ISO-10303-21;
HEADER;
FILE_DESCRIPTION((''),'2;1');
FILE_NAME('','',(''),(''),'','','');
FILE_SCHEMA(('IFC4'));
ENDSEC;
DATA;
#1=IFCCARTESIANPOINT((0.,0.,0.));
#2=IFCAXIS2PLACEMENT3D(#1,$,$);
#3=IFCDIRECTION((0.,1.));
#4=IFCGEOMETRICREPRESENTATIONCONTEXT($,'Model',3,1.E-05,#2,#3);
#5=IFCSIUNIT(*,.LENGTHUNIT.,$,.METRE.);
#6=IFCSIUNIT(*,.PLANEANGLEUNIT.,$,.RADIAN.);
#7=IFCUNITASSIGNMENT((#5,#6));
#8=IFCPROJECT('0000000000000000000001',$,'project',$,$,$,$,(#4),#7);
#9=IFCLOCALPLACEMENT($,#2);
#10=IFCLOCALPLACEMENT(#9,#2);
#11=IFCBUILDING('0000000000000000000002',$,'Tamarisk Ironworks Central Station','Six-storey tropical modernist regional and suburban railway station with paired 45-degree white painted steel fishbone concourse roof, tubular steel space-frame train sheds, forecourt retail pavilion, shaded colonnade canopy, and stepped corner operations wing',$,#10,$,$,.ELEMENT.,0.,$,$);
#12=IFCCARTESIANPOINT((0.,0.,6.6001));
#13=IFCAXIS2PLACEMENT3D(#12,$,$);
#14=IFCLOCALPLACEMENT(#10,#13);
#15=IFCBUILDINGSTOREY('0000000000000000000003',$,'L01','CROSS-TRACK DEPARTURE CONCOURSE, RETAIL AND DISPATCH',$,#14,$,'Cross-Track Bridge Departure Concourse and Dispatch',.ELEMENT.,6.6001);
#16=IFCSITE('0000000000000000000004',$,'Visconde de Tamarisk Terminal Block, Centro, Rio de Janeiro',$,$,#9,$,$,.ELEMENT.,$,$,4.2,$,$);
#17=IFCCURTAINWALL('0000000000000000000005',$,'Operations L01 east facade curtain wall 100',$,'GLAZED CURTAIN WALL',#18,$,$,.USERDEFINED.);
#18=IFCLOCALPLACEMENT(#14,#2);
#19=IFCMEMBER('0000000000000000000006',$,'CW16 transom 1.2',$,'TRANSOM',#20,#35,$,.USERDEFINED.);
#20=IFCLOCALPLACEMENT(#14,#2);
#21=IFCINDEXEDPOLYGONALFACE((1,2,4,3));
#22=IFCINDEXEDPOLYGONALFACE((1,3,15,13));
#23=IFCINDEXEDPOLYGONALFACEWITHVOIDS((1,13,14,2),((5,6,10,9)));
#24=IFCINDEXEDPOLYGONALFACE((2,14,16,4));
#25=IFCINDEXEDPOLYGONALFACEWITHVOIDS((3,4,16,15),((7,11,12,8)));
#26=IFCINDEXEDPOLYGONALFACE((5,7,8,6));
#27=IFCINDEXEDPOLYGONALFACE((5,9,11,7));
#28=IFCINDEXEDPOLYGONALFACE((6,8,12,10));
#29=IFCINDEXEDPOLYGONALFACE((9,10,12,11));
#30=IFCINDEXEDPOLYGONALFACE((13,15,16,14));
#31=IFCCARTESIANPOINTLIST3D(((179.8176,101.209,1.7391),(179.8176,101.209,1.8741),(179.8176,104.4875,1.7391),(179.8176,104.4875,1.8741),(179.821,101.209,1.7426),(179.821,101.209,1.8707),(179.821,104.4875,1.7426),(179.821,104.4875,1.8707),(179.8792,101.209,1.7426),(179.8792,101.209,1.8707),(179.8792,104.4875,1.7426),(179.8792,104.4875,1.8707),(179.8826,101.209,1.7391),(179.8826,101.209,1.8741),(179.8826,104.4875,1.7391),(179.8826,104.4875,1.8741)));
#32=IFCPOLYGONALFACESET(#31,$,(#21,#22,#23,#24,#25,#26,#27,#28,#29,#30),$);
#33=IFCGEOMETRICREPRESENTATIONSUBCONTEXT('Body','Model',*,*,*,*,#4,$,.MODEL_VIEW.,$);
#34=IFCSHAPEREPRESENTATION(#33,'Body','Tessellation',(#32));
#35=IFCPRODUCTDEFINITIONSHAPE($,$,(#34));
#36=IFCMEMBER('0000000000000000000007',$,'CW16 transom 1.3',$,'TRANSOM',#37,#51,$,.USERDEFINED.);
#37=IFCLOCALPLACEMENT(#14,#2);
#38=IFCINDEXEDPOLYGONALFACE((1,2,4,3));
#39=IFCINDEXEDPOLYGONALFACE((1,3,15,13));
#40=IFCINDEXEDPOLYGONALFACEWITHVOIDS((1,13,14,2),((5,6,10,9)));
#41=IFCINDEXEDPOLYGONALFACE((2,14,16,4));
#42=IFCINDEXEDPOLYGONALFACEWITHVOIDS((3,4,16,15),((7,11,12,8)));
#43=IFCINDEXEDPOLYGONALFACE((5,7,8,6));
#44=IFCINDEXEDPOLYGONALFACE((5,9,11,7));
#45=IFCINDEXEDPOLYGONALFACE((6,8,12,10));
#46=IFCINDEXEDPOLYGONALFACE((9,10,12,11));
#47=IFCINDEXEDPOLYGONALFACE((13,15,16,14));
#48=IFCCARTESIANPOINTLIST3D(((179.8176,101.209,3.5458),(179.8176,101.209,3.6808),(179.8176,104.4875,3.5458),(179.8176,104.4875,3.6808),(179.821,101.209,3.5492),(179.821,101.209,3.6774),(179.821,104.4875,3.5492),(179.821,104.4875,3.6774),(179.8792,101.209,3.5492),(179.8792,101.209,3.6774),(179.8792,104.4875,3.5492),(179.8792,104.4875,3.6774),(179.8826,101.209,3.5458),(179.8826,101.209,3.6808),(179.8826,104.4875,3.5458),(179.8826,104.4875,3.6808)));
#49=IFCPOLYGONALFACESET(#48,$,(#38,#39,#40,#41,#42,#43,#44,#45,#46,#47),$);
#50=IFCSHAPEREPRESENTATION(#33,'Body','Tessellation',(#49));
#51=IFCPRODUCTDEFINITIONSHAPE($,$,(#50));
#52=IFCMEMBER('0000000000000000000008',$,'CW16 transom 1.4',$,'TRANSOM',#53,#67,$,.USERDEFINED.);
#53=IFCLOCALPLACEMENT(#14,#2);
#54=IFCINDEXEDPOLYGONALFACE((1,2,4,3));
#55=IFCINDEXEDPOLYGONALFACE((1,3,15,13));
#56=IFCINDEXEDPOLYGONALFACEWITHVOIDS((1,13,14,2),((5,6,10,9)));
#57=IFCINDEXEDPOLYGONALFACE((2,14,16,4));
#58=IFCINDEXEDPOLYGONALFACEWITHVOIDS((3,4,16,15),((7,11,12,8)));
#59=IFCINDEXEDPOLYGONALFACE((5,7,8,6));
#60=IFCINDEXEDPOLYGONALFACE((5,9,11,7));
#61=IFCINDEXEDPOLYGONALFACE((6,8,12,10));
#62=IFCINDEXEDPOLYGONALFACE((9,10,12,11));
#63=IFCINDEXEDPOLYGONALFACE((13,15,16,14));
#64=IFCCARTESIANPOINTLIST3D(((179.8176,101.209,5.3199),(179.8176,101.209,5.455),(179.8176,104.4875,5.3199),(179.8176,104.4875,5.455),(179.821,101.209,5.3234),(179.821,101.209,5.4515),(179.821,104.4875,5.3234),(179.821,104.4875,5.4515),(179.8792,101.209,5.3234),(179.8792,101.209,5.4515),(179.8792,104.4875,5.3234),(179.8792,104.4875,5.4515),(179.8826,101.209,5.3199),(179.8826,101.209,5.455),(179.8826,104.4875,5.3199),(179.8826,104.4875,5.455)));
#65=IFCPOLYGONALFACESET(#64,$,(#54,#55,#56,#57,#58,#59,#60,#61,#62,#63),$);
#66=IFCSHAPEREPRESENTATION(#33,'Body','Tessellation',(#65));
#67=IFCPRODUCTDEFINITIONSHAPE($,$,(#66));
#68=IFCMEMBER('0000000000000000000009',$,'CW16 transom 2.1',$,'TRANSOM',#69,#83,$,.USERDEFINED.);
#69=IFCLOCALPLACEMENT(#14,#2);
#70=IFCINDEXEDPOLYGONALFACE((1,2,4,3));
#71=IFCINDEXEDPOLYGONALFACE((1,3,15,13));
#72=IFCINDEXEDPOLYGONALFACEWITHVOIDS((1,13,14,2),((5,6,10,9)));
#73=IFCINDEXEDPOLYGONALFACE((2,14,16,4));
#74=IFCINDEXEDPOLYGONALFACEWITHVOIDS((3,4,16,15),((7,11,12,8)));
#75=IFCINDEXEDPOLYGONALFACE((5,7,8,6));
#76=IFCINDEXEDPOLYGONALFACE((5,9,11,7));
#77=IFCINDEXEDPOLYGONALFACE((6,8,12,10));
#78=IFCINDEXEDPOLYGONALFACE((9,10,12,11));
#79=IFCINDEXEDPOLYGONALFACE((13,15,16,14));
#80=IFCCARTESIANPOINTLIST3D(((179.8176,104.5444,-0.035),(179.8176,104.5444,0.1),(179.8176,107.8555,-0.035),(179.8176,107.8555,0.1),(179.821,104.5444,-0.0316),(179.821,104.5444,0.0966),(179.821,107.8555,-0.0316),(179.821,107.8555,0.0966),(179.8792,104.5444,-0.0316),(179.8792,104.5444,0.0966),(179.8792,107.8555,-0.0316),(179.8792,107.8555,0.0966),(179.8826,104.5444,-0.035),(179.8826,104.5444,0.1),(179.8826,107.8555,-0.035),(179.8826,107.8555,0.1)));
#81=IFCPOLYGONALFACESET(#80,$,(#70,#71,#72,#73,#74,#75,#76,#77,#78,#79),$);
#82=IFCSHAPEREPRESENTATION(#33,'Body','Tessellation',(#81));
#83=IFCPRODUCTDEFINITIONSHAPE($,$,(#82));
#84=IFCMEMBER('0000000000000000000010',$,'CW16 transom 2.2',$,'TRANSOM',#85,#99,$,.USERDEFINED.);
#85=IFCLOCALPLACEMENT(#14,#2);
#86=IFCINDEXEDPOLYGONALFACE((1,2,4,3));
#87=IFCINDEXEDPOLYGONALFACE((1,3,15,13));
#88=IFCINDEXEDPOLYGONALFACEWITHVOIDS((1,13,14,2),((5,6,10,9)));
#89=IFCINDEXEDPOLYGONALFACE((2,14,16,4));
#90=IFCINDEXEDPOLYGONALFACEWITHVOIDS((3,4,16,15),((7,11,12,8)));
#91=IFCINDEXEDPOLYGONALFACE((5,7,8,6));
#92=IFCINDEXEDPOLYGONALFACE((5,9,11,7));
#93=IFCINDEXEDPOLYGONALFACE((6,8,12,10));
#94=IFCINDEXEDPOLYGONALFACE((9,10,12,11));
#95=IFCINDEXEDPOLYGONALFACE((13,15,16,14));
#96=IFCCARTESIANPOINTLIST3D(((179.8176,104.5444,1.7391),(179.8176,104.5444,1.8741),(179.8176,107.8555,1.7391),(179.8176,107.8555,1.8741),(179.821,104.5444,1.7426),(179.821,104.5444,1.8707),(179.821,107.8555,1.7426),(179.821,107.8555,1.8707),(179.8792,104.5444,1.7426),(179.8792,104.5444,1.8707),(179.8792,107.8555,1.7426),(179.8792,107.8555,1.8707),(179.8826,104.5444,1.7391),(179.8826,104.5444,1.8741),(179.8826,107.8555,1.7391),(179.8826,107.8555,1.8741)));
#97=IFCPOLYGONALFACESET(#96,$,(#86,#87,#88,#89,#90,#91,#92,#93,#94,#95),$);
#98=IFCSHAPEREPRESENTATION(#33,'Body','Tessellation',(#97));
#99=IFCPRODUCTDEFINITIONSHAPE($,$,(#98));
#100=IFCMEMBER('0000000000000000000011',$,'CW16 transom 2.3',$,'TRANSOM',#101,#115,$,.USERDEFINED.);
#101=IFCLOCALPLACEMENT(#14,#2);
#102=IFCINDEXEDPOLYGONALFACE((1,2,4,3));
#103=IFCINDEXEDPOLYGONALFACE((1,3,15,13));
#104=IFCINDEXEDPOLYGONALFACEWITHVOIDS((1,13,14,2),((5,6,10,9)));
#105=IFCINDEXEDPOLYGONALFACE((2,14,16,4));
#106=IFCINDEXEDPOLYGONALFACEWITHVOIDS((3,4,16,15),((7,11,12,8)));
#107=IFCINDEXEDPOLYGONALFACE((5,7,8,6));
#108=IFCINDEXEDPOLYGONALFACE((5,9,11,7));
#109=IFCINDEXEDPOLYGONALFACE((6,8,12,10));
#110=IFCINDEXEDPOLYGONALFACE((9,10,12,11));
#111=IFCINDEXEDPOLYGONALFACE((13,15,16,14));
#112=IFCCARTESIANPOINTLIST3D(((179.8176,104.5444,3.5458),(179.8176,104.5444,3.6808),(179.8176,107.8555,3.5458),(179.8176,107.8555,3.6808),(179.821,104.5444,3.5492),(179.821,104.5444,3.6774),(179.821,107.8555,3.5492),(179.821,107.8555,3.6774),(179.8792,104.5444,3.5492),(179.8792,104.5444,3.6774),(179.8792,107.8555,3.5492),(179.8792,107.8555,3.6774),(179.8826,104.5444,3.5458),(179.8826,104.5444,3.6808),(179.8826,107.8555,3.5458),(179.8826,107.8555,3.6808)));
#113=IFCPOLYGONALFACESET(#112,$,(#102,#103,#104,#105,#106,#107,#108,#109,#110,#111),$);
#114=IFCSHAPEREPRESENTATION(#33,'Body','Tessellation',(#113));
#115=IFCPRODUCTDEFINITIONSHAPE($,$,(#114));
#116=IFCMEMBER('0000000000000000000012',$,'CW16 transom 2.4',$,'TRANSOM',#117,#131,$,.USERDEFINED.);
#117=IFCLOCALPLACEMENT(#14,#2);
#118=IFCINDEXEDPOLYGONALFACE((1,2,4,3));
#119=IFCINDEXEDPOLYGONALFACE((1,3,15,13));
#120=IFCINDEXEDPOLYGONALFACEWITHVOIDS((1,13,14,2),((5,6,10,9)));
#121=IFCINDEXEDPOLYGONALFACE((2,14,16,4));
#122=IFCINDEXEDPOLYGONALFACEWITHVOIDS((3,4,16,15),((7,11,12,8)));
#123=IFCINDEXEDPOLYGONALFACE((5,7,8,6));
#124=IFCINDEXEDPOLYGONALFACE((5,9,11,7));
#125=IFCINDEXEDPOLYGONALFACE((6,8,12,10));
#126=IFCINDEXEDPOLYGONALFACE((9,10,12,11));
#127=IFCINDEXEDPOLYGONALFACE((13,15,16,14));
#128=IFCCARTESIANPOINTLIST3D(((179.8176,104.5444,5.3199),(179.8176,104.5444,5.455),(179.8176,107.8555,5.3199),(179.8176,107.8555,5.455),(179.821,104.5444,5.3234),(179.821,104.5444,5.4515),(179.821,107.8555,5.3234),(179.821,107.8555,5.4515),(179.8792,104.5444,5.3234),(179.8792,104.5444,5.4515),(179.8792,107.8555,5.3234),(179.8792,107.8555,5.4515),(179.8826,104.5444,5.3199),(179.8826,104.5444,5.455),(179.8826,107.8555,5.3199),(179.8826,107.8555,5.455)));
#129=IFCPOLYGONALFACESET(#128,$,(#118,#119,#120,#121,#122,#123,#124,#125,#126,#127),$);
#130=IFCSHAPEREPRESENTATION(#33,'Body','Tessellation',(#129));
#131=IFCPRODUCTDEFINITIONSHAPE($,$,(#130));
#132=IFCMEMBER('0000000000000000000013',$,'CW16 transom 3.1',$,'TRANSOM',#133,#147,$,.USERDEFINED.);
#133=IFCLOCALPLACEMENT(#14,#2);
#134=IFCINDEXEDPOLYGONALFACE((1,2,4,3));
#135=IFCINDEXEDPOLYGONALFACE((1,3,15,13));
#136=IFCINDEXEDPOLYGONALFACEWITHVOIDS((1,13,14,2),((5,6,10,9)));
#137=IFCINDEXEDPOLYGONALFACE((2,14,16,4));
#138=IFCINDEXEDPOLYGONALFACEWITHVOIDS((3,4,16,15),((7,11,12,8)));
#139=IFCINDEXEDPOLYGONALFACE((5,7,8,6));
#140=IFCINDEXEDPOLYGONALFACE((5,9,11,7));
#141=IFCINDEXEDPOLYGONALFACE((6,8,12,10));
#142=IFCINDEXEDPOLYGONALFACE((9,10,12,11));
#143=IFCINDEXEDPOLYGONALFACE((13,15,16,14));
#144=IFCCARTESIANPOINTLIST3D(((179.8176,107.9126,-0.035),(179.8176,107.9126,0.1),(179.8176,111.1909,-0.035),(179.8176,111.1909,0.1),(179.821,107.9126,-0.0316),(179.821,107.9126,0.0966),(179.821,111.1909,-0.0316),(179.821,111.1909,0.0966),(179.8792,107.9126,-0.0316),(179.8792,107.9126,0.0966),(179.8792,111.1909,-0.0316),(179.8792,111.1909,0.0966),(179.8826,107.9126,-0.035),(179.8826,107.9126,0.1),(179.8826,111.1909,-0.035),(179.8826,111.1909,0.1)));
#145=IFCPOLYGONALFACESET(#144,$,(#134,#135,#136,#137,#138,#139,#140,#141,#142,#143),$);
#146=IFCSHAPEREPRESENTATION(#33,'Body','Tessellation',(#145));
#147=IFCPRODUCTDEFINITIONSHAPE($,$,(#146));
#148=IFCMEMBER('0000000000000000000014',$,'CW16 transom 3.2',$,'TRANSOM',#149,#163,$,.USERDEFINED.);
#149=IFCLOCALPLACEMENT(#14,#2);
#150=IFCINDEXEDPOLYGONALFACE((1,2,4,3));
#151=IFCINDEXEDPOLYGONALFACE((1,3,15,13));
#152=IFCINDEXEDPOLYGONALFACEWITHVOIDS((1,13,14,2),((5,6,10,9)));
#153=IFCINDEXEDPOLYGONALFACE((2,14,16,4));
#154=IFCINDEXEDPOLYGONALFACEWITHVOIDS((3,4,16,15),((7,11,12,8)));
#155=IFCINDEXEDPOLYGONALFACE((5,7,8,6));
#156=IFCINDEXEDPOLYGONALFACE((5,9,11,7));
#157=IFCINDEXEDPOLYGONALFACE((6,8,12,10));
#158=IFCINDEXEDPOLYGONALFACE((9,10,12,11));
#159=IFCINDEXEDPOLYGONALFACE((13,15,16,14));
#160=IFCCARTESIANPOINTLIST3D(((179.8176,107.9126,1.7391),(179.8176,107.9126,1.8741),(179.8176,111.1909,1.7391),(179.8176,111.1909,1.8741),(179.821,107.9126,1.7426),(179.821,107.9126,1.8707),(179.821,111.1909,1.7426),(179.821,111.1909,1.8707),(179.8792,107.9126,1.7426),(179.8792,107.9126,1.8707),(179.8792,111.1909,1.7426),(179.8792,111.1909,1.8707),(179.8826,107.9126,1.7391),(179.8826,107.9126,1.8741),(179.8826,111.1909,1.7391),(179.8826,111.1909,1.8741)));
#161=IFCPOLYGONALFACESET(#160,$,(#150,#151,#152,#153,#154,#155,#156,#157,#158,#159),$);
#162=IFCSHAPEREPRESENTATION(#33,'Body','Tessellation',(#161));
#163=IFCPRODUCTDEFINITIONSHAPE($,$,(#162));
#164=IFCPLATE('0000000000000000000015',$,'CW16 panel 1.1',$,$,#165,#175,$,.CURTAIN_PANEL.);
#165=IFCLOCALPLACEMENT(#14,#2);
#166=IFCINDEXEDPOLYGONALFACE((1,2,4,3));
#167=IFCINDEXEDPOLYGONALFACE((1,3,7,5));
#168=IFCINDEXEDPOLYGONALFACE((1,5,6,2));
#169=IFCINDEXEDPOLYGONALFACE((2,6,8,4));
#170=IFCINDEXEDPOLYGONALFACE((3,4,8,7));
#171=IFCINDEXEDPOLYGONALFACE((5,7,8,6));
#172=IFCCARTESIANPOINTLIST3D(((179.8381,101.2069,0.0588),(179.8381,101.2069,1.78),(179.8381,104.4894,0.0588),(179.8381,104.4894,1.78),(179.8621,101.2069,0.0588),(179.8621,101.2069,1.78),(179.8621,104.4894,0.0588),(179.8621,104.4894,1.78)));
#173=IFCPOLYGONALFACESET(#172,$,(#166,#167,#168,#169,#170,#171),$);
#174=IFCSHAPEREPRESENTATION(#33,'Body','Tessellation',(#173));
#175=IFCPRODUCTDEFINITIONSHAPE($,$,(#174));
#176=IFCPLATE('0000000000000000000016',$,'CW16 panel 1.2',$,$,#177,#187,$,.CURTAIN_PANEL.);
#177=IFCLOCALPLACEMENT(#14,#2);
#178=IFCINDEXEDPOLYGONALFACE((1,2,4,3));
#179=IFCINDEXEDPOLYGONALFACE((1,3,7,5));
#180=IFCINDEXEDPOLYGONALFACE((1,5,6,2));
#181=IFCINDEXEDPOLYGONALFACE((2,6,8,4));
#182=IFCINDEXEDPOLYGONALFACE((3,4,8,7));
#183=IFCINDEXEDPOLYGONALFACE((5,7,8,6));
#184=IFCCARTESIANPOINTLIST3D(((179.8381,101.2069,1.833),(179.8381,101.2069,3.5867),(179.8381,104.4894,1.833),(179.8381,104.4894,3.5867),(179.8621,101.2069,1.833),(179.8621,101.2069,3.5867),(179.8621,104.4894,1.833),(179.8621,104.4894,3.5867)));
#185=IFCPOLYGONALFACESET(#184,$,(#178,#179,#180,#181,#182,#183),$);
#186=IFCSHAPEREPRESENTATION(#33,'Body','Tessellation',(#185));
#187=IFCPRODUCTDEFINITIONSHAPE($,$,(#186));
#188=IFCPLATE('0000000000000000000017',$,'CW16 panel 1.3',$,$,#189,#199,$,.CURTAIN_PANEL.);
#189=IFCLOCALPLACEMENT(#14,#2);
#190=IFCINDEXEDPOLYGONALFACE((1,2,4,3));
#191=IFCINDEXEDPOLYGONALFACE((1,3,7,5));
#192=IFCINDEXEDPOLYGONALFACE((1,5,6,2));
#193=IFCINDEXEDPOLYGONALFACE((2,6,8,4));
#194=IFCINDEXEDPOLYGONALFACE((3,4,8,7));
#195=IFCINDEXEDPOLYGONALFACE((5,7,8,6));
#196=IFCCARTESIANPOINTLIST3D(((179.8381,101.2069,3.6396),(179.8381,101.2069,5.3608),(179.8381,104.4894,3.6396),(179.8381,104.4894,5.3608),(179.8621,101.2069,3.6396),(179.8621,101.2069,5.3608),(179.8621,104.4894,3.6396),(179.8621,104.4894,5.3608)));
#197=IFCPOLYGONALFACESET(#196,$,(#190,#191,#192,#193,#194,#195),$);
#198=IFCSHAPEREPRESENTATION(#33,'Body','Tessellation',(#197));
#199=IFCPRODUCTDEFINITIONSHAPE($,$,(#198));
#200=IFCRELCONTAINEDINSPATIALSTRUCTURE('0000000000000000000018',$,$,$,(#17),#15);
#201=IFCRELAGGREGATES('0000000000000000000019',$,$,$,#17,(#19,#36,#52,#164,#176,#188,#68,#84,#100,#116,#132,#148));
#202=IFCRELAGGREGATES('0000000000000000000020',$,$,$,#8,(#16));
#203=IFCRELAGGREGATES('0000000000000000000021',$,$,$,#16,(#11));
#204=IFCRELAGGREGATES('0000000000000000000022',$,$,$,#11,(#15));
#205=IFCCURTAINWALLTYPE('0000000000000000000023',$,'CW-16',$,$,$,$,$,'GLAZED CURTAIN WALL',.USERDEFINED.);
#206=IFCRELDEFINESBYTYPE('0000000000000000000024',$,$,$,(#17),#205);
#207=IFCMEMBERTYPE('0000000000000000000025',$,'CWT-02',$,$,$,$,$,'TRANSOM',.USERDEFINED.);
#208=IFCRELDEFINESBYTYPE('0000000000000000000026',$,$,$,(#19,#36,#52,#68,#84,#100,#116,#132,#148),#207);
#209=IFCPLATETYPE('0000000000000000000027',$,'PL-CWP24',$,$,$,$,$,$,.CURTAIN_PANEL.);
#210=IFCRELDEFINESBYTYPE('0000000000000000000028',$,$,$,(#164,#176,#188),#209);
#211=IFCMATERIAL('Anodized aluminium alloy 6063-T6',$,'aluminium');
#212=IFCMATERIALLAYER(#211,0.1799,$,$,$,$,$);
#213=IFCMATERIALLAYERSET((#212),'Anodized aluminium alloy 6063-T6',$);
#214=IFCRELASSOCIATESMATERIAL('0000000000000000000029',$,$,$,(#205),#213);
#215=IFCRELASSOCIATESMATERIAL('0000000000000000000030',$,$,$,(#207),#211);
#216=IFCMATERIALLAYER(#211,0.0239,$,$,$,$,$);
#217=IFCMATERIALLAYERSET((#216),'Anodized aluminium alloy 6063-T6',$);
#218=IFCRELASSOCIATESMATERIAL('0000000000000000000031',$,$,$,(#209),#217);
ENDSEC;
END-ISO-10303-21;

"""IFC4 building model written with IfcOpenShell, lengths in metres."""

from ifc_helpers import new_model, si_unit, direction, frame, origin, origin_2d, place, context, subcontext, project, spatial, rectangle, hollow_rectangle, extrude, material, layer, layer_set, material_profile, profile_set, type_object, element, aggregate, save


model = new_model("IFC4")

# Units and contexts
model_context = context("Model", 3, precision=1e-05, world=origin(), true_north=direction((0.0, 1.0)))
body_context = subcontext(model_context, "Body", "Model", "MODEL_VIEW")
ifc_project = project(units=[si_unit("LENGTHUNIT", "METRE"), si_unit("PLANEANGLEUNIT", "RADIAN")], contexts=[model_context])

# Site, building, storey
site_placement = place(None, origin())
site = spatial("IfcSite", under=ifc_project, at=site_placement, Name="Visconde de Tamarisk Terminal Block, Centro, Rio de Janeiro", CompositionType="ELEMENT", RefElevation=4.2)
building_placement = place(site_placement, origin())
building = spatial("IfcBuilding", under=site, at=building_placement, Name="Tamarisk Ironworks Central Station", Description="Six-storey tropical modernist regional and suburban railway station with paired 45-degree white painted steel fishbone concourse roof, tubular steel space-frame train sheds, forecourt retail pavilion, shaded colonnade canopy, and stepped corner operations wing", CompositionType="ELEMENT", ElevationOfRefHeight=0.0)
storey_placement = place(building_placement, frame((0.0, 0.0, 6.6001)))
storey = spatial("IfcBuildingStorey", under=building, at=storey_placement, Name="L01", Description="CROSS-TRACK DEPARTURE CONCOURSE, RETAIL AND DISPATCH", LongName="Cross-Track Bridge Departure Concourse and Dispatch", CompositionType="ELEMENT", Elevation=6.6001)

# Curtain wall, members, plates
ifc_material_1 = material(Name="Anodized aluminium alloy 6063-T6", Category="aluminium")
ifc_layer_1 = layer(ifc_material_1, 0.1799)
ifc_layer_set_1 = layer_set([ifc_layer_1], Name="Anodized aluminium alloy 6063-T6")
curtain_wall_type = type_object("IfcCurtainWallType", Name="CW-16", ElementType="GLAZED CURTAIN WALL", PredefinedType="USERDEFINED", material=ifc_layer_set_1)
curtain_wall_placement = place(storey_placement, origin())
curtain_wall = element("IfcCurtainWall", 1, at=curtain_wall_placement, inside=storey, type_object=curtain_wall_type, Name="Operations L01 east facade curtain wall 100", ObjectType="GLAZED CURTAIN WALL", PredefinedType="USERDEFINED")
ifc_material_profile_1 = material_profile(ifc_material_1, hollow_rectangle(XDim=0.0649, YDim=0.135, WallThickness=0.0034, at=origin_2d()), Name="ALUM 135x65")
ifc_profile_set_1 = profile_set([ifc_material_profile_1], Name="Anodized aluminium alloy 6063-T6")
member_type_1 = type_object("IfcMemberType", Name="CWT-02", ElementType="TRANSOM", PredefinedType="USERDEFINED", material=ifc_profile_set_1)
member_1_placement = place(storey_placement, frame((179.8501, 101.209, 1.8066), z_axis=(0.0, 1.0, 0.0), x_axis=(-1.0, 0.0, 0.0)))
member_1 = element("IfcMember", 2, at=member_1_placement, type_object=member_type_1, Name="CW16 transom 1.2", ObjectType="TRANSOM", PredefinedType="USERDEFINED", context=body_context, shape_type="SweptSolid", body=[
    extrude(hollow_rectangle(XDim=0.0649, YDim=0.135, WallThickness=0.0034, at=origin_2d()), origin(), (0.0, 0.0, 1.0), 3.2786),
])
member_2_placement = place(storey_placement, frame((179.8501, 101.209, 3.6133), z_axis=(0.0, 1.0, 0.0), x_axis=(-1.0, 0.0, 0.0)))
member_2 = element("IfcMember", 3, at=member_2_placement, type_object=member_type_1, Name="CW16 transom 1.3", ObjectType="TRANSOM", PredefinedType="USERDEFINED", context=body_context, shape_type="SweptSolid", body=[
    extrude(hollow_rectangle(XDim=0.0649, YDim=0.135, WallThickness=0.0034, at=origin_2d()), origin(), (0.0, 0.0, 1.0), 3.2786),
])
member_3_placement = place(storey_placement, frame((179.8501, 101.209, 5.3875), z_axis=(0.0, 1.0, 0.0), x_axis=(-1.0, 0.0, 0.0)))
member_3 = element("IfcMember", 4, at=member_3_placement, type_object=member_type_1, Name="CW16 transom 1.4", ObjectType="TRANSOM", PredefinedType="USERDEFINED", context=body_context, shape_type="SweptSolid", body=[
    extrude(hollow_rectangle(XDim=0.0649, YDim=0.135, WallThickness=0.0034, at=origin_2d()), origin(), (0.0, 0.0, 1.0), 3.2786),
])
member_4_placement = place(storey_placement, frame((179.8501, 104.5444, 0.0325), z_axis=(0.0, 1.0, 0.0), x_axis=(-1.0, 0.0, 0.0)))
member_4 = element("IfcMember", 5, at=member_4_placement, type_object=member_type_1, Name="CW16 transom 2.1", ObjectType="TRANSOM", PredefinedType="USERDEFINED", context=body_context, shape_type="SweptSolid", body=[
    extrude(hollow_rectangle(XDim=0.0649, YDim=0.135, WallThickness=0.0034, at=origin_2d()), origin(), (0.0, 0.0, 1.0), 3.311),
])
member_5_placement = place(storey_placement, frame((179.8501, 104.5444, 1.8066), z_axis=(0.0, 1.0, 0.0), x_axis=(-1.0, 0.0, 0.0)))
member_5 = element("IfcMember", 6, at=member_5_placement, type_object=member_type_1, Name="CW16 transom 2.2", ObjectType="TRANSOM", PredefinedType="USERDEFINED", context=body_context, shape_type="SweptSolid", body=[
    extrude(hollow_rectangle(XDim=0.0649, YDim=0.135, WallThickness=0.0034, at=origin_2d()), origin(), (0.0, 0.0, 1.0), 3.311),
])
member_6_placement = place(storey_placement, frame((179.8501, 104.5444, 3.6133), z_axis=(0.0, 1.0, 0.0), x_axis=(-1.0, 0.0, 0.0)))
member_6 = element("IfcMember", 7, at=member_6_placement, type_object=member_type_1, Name="CW16 transom 2.3", ObjectType="TRANSOM", PredefinedType="USERDEFINED", context=body_context, shape_type="SweptSolid", body=[
    extrude(hollow_rectangle(XDim=0.0649, YDim=0.135, WallThickness=0.0034, at=origin_2d()), origin(), (0.0, 0.0, 1.0), 3.311),
])
member_7_placement = place(storey_placement, frame((179.8501, 104.5444, 5.3875), z_axis=(0.0, 1.0, 0.0), x_axis=(-1.0, 0.0, 0.0)))
member_7 = element("IfcMember", 8, at=member_7_placement, type_object=member_type_1, Name="CW16 transom 2.4", ObjectType="TRANSOM", PredefinedType="USERDEFINED", context=body_context, shape_type="SweptSolid", body=[
    extrude(hollow_rectangle(XDim=0.0649, YDim=0.135, WallThickness=0.0034, at=origin_2d()), origin(), (0.0, 0.0, 1.0), 3.311),
])
member_8_placement = place(storey_placement, frame((179.8501, 107.9126, 0.0325), z_axis=(0.0, 1.0, 0.0), x_axis=(-1.0, 0.0, 0.0)))
member_8 = element("IfcMember", 9, at=member_8_placement, type_object=member_type_1, Name="CW16 transom 3.1", ObjectType="TRANSOM", PredefinedType="USERDEFINED", context=body_context, shape_type="SweptSolid", body=[
    extrude(hollow_rectangle(XDim=0.0649, YDim=0.135, WallThickness=0.0034, at=origin_2d()), origin(), (0.0, 0.0, 1.0), 3.2783),
])
member_9_placement = place(storey_placement, frame((179.8501, 107.9126, 1.8066), z_axis=(0.0, 1.0, 0.0), x_axis=(-1.0, 0.0, 0.0)))
member_9 = element("IfcMember", 10, at=member_9_placement, type_object=member_type_1, Name="CW16 transom 3.2", ObjectType="TRANSOM", PredefinedType="USERDEFINED", context=body_context, shape_type="SweptSolid", body=[
    extrude(hollow_rectangle(XDim=0.0649, YDim=0.135, WallThickness=0.0034, at=origin_2d()), origin(), (0.0, 0.0, 1.0), 3.2783),
])
ifc_layer_2 = layer(ifc_material_1, 0.0239)
ifc_layer_set_2 = layer_set([ifc_layer_2], Name="Anodized aluminium alloy 6063-T6")
plate_type = type_object("IfcPlateType", Name="PL-CWP24", PredefinedType="CURTAIN_PANEL", material=ifc_layer_set_2)
plate_1_placement = place(storey_placement, frame((179.8501, 102.8481, 0.0588), z_axis=(0.0, 0.0, 1.0), x_axis=(0.0, 1.0, 0.0)))
plate_1 = element("IfcPlate", 11, at=plate_1_placement, type_object=plate_type, Name="CW16 panel 1.1", PredefinedType="CURTAIN_PANEL", context=body_context, shape_type="SweptSolid", body=[
    extrude(rectangle(XDim=3.2825, YDim=0.0239, at=origin_2d()), origin(), (0.0, 0.0, 1.0), 1.7212),
])
plate_2_placement = place(storey_placement, frame((179.8501, 102.8481, 1.833), z_axis=(0.0, 0.0, 1.0), x_axis=(0.0, 1.0, 0.0)))
plate_2 = element("IfcPlate", 12, at=plate_2_placement, type_object=plate_type, Name="CW16 panel 1.2", PredefinedType="CURTAIN_PANEL", context=body_context, shape_type="SweptSolid", body=[
    extrude(rectangle(XDim=3.2825, YDim=0.0239, at=origin_2d()), origin(), (0.0, 0.0, 1.0), 1.7537),
])
plate_3_placement = place(storey_placement, frame((179.8501, 102.8481, 3.6396), z_axis=(0.0, 0.0, 1.0), x_axis=(0.0, 1.0, 0.0)))
plate_3 = element("IfcPlate", 13, at=plate_3_placement, type_object=plate_type, Name="CW16 panel 1.3", PredefinedType="CURTAIN_PANEL", context=body_context, shape_type="SweptSolid", body=[
    extrude(rectangle(XDim=3.2825, YDim=0.0239, at=origin_2d()), origin(), (0.0, 0.0, 1.0), 1.7212),
])
aggregate(curtain_wall, [member_1, member_2, member_3, plate_1, plate_2, plate_3, member_4, member_5, member_6, member_7, member_8, member_9])

save(model, "model.ifc")
